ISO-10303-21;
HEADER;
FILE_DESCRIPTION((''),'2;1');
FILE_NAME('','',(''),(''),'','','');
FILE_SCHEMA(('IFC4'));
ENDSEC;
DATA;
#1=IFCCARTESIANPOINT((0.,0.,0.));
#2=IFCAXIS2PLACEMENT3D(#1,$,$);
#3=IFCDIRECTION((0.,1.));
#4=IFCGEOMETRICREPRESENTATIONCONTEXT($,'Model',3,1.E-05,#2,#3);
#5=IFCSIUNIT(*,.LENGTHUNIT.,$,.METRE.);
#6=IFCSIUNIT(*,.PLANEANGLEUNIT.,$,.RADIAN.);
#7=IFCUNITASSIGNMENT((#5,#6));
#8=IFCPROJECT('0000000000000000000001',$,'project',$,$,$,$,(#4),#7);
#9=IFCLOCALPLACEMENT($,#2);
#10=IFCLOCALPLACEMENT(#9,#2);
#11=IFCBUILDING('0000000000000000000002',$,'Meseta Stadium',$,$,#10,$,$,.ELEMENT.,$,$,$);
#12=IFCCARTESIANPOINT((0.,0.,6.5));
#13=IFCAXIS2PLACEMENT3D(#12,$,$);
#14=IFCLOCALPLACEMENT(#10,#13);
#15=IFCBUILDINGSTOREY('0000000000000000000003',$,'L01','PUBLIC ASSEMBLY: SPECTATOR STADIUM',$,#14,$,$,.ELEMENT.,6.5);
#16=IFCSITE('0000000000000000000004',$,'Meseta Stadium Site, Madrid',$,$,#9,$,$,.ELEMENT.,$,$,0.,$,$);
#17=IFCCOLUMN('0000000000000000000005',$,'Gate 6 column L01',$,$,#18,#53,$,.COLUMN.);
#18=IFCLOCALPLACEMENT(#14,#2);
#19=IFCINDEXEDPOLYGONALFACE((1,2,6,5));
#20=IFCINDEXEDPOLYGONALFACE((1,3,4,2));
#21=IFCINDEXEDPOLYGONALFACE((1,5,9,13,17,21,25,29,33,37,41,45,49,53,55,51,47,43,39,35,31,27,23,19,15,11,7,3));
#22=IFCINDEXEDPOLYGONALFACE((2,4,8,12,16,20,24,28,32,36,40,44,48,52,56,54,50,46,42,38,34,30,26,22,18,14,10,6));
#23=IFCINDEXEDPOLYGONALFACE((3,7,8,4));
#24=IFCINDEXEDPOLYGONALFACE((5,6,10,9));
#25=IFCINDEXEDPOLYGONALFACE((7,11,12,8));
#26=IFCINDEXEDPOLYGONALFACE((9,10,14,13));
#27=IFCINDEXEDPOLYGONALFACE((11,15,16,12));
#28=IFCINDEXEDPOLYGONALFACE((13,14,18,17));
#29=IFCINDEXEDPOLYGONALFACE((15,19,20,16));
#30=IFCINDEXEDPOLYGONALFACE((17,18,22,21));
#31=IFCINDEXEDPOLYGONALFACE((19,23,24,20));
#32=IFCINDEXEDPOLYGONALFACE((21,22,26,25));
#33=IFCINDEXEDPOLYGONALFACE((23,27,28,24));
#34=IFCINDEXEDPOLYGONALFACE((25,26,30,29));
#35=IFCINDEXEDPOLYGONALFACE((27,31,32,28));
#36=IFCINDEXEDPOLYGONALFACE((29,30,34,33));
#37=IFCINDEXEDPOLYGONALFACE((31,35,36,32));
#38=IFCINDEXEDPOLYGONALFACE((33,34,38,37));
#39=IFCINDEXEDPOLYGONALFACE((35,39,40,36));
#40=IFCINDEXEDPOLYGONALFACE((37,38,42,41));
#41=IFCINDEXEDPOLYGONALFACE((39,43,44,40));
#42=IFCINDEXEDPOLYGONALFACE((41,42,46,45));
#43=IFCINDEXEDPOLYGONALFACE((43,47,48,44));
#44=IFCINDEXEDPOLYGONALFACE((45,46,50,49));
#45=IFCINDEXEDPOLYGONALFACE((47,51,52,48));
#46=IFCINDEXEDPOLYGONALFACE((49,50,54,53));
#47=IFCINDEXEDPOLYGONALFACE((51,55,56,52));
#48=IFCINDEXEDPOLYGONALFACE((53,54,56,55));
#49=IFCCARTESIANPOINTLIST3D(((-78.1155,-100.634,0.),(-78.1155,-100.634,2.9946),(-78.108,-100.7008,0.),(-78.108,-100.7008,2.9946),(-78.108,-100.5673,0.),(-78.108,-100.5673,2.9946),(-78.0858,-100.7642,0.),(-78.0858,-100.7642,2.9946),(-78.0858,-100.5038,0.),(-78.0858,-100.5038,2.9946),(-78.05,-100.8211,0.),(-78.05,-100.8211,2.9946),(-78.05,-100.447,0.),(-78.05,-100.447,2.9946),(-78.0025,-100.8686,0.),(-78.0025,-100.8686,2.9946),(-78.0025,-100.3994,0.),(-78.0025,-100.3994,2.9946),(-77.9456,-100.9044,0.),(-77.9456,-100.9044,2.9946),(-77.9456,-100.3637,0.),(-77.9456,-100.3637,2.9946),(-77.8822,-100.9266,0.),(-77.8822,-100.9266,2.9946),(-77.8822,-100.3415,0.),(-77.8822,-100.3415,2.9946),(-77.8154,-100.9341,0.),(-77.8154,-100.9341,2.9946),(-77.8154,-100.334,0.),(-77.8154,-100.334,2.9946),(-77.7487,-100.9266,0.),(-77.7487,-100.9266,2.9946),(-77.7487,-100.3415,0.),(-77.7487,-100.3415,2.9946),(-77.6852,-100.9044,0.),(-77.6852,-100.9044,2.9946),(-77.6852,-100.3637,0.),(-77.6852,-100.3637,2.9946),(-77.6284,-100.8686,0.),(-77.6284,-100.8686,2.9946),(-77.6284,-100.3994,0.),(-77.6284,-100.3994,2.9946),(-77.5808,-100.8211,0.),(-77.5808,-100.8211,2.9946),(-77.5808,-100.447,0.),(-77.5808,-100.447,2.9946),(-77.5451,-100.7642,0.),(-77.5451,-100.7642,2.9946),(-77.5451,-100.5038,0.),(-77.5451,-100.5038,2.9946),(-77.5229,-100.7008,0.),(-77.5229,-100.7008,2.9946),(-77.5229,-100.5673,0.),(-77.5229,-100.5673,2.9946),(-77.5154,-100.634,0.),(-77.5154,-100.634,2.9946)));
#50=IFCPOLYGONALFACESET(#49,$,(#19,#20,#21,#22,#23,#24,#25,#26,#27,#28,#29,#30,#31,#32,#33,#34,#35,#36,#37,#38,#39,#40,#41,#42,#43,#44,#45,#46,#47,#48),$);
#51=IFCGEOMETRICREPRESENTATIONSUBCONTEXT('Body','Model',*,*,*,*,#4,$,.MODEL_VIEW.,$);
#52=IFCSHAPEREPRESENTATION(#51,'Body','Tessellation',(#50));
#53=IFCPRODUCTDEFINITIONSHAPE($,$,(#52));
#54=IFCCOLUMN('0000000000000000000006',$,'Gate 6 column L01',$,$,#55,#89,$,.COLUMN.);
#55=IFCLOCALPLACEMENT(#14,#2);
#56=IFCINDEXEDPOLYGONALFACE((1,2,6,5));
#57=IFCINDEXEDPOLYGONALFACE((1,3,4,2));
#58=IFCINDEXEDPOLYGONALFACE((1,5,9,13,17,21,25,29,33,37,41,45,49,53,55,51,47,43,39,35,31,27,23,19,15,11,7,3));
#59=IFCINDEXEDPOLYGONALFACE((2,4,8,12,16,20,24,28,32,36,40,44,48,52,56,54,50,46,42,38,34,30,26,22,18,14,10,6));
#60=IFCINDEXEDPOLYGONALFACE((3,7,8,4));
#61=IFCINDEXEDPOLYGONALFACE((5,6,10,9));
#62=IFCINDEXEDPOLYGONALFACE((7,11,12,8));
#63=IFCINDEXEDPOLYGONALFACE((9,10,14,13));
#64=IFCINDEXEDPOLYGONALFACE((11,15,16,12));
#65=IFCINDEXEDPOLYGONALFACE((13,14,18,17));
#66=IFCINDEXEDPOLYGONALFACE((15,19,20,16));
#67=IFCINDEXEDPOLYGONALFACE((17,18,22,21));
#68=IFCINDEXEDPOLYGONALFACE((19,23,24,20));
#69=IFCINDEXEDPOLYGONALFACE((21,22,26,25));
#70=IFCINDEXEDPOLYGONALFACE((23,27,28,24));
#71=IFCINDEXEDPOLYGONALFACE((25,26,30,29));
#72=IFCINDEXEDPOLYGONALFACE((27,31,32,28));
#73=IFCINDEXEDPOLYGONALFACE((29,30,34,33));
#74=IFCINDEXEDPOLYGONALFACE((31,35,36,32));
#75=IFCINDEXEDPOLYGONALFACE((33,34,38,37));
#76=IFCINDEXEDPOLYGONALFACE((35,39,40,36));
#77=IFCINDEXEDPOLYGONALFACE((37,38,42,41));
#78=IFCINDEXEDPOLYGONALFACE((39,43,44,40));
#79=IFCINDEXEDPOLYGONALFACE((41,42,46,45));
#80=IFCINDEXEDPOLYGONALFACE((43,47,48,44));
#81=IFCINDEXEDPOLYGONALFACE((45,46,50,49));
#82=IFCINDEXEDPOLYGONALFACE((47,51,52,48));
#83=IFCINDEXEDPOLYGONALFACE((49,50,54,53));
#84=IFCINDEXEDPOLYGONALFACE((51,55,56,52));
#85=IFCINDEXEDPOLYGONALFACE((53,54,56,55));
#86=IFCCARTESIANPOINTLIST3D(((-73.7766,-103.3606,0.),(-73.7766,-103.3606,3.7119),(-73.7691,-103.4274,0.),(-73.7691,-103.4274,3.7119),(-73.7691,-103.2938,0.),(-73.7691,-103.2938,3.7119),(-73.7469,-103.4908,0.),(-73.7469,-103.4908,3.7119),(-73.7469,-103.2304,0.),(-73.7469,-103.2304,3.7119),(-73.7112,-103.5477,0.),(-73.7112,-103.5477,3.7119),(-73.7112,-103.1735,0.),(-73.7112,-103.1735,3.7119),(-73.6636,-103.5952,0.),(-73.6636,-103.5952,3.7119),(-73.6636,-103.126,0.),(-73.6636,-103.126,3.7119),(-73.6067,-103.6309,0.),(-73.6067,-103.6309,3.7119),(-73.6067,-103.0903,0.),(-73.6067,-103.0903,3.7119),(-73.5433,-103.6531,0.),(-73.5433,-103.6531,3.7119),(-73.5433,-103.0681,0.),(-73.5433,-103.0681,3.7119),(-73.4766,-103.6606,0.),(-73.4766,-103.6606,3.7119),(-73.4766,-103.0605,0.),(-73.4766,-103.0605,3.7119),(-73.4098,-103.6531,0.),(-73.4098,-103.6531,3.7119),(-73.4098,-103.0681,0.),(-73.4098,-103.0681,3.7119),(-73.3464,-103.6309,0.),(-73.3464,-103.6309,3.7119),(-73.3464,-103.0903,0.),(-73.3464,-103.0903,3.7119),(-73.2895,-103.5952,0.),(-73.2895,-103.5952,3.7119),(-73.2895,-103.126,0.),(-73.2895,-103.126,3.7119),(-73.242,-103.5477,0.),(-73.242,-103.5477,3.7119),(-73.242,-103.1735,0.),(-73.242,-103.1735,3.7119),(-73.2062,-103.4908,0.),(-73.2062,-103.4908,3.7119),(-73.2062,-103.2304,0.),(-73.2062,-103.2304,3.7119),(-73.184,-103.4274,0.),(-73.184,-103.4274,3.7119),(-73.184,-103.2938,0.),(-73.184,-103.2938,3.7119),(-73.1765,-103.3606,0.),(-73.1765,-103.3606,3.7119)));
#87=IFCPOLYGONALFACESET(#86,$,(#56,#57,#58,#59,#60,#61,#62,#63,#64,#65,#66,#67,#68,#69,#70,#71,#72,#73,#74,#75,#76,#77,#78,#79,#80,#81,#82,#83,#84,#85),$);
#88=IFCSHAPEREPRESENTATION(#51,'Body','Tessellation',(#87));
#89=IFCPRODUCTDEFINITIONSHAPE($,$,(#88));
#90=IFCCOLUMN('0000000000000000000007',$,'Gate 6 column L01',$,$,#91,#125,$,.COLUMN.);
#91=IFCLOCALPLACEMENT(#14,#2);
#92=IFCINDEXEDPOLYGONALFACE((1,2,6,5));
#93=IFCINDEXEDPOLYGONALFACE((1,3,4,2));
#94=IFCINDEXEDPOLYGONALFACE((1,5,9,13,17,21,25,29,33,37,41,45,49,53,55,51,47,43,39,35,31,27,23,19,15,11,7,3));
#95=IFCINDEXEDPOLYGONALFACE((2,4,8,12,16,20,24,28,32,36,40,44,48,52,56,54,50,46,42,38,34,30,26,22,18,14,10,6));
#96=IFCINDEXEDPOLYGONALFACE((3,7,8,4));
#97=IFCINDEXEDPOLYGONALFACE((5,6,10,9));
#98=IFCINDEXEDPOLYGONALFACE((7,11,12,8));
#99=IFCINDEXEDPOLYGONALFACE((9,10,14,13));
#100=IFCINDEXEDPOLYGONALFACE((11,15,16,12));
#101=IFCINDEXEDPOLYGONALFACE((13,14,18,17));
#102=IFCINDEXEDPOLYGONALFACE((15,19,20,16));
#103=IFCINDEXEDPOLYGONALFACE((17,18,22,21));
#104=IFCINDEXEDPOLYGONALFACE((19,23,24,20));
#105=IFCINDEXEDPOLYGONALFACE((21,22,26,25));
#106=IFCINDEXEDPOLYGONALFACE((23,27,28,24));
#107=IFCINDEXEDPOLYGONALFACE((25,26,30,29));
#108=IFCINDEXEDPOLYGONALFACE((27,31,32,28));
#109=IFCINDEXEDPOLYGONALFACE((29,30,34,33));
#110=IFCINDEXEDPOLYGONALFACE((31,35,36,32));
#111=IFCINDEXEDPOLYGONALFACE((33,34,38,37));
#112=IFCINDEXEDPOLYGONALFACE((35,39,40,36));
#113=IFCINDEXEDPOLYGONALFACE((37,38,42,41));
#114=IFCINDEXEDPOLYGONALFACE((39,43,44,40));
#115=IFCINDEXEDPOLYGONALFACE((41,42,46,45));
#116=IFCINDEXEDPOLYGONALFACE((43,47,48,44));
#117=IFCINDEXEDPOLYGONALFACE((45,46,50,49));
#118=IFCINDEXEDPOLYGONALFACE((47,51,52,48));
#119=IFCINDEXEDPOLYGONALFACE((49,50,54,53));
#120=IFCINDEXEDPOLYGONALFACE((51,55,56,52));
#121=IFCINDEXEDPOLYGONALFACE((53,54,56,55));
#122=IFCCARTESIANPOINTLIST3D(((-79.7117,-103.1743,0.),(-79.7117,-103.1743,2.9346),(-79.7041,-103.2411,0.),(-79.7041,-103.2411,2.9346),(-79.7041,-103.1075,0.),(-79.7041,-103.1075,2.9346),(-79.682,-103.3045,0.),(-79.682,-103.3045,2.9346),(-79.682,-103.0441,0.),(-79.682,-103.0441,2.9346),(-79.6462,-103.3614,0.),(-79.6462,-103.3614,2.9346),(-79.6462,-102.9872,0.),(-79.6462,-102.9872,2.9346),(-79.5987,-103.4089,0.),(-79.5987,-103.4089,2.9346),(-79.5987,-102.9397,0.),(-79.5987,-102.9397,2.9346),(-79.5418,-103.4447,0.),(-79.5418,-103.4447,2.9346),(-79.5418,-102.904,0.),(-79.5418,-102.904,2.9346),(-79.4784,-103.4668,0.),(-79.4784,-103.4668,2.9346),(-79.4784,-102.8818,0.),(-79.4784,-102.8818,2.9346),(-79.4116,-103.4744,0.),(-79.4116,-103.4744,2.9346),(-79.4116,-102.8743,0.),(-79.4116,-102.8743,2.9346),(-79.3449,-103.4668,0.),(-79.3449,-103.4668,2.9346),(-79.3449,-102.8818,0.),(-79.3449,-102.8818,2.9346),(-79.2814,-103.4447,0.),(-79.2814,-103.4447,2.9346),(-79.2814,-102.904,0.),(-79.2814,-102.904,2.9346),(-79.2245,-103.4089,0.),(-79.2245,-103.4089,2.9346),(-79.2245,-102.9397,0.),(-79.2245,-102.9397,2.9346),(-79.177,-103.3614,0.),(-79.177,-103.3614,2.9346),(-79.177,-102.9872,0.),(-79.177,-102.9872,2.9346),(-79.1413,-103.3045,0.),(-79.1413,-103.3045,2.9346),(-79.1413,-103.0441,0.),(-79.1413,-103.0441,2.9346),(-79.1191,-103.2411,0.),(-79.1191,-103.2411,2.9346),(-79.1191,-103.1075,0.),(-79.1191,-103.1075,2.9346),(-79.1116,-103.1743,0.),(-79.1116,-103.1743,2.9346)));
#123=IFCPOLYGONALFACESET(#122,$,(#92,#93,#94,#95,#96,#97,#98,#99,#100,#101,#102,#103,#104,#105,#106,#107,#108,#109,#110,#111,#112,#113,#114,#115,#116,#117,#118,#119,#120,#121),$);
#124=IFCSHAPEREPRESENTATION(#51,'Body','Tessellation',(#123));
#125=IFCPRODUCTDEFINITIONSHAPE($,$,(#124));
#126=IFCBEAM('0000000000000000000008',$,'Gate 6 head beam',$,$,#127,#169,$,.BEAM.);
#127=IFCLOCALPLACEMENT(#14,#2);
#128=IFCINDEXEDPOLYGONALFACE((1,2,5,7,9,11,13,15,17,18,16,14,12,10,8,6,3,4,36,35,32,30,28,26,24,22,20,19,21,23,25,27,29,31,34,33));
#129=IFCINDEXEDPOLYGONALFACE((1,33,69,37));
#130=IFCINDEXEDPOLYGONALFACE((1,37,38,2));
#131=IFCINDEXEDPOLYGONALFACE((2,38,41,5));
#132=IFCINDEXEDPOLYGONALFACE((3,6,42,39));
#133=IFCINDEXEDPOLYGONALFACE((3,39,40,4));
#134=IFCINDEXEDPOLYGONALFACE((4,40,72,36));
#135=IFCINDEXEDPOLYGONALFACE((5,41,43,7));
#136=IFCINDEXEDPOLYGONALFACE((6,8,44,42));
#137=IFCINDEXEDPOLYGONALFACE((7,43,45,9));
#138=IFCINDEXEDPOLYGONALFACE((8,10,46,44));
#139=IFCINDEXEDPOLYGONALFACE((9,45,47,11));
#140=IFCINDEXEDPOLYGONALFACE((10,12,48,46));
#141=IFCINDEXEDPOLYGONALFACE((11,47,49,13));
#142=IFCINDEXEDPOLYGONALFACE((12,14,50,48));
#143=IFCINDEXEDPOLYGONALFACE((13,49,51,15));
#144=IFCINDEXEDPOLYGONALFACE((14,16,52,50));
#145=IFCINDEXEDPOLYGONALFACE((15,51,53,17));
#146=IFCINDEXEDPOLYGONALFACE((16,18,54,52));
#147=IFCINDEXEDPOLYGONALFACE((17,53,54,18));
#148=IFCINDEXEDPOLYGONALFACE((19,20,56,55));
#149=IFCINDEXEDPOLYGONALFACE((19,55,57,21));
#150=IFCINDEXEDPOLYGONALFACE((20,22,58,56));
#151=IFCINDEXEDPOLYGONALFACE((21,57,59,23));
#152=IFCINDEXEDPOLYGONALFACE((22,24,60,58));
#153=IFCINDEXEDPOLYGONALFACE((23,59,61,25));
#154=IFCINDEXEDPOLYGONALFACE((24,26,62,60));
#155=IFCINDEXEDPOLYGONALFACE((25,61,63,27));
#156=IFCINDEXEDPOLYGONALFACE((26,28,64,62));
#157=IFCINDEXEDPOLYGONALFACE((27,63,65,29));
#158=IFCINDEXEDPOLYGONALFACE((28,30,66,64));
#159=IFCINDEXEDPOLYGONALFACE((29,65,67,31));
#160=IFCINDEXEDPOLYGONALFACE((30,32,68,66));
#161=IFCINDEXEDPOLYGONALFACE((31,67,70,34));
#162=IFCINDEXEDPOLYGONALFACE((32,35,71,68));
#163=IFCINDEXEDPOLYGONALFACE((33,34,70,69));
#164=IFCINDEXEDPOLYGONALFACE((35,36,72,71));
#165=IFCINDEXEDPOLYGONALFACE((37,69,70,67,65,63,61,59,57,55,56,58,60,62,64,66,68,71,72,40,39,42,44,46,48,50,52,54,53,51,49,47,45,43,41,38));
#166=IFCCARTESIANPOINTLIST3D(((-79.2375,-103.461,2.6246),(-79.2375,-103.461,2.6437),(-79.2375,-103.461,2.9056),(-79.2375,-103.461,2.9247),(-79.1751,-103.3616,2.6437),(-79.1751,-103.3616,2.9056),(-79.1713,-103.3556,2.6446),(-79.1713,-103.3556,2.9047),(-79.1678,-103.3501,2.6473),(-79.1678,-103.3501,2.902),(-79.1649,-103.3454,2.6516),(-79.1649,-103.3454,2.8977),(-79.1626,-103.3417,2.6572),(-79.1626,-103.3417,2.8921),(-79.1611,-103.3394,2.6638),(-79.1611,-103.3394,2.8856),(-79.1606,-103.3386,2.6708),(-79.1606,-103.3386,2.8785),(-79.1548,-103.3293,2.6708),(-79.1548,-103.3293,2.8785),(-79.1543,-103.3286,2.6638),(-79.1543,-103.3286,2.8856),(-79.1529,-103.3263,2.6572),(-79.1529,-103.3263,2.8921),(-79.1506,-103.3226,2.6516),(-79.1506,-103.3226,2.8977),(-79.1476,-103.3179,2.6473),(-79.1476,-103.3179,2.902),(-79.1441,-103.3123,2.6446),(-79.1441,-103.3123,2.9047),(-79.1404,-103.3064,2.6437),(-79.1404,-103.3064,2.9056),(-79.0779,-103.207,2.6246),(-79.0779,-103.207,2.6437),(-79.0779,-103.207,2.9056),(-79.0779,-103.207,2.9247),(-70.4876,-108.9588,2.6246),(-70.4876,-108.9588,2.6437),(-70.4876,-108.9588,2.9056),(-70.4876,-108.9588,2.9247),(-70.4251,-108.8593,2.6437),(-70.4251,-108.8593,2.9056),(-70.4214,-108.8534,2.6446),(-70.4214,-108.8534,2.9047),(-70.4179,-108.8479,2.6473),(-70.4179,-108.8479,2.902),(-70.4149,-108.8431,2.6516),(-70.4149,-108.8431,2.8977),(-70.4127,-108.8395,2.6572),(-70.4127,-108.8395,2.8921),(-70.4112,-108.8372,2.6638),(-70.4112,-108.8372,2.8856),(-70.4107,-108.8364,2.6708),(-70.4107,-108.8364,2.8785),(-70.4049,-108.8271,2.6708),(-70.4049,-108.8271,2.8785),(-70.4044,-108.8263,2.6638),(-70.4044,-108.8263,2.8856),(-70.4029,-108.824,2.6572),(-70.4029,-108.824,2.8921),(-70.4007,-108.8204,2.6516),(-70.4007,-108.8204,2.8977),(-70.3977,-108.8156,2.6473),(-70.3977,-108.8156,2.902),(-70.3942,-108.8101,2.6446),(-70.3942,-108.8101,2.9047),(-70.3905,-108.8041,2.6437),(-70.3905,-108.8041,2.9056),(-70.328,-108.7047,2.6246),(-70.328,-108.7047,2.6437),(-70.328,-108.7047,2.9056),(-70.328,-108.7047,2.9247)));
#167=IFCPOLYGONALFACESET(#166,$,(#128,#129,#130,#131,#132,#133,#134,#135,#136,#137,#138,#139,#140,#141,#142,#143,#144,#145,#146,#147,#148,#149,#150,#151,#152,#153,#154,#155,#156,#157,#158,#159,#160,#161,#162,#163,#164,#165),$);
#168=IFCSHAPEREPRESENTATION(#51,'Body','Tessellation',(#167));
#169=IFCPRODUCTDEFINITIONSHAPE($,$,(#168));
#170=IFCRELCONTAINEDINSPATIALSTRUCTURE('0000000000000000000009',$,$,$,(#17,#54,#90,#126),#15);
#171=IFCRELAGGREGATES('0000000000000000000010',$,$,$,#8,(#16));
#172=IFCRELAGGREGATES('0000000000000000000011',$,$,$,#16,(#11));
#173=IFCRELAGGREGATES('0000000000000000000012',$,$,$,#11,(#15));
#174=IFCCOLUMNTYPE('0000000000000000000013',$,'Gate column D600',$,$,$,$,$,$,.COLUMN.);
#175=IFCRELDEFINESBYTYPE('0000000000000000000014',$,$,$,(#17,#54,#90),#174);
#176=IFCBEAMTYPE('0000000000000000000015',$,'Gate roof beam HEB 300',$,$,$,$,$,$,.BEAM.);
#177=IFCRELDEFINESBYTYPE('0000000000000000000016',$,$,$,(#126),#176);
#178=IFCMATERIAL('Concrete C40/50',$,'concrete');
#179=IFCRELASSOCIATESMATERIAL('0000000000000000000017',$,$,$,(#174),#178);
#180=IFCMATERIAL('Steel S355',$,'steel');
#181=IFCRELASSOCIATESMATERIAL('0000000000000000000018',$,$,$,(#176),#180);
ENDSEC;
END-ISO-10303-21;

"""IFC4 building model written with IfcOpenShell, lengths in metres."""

from ifc_helpers import new_model, si_unit, direction, frame, origin, origin_2d, place, context, subcontext, project, spatial, circle, i_section, extrude, material, material_profile, profile_set, type_object, element, save


model = new_model("IFC4")

# Units and contexts
model_context = context("Model", 3, precision=1e-05, world=origin(), true_north=direction((0.0, 1.0)))
body_context = subcontext(model_context, "Body", "Model", "MODEL_VIEW")
ifc_project = project(units=[si_unit("LENGTHUNIT", "METRE"), si_unit("PLANEANGLEUNIT", "RADIAN")], contexts=[model_context])

# Site, building, storey
site_placement = place(None, origin())
site = spatial("IfcSite", under=ifc_project, at=site_placement, Name="Meseta Stadium Site, Madrid", CompositionType="ELEMENT", RefElevation=0.0)
building_placement = place(site_placement, origin())
building = spatial("IfcBuilding", under=site, at=building_placement, Name="Meseta Stadium", CompositionType="ELEMENT")
storey_placement = place(building_placement, frame((0.0, 0.0, 6.5)))
storey = spatial("IfcBuildingStorey", under=building, at=storey_placement, Name="L01", Description="PUBLIC ASSEMBLY: SPECTATOR STADIUM", CompositionType="ELEMENT", Elevation=6.5)

# Columns
ifc_material_1 = material(Name="Concrete C40/50", Category="concrete")
ifc_material_profile_1 = material_profile(ifc_material_1, circle(Radius=0.3, at=origin_2d()), Name="RC D600")
ifc_profile_set_1 = profile_set([ifc_material_profile_1], Name="Concrete C40/50")
column_type = type_object("IfcColumnType", Name="Gate column D600", PredefinedType="COLUMN", material=ifc_profile_set_1)
column_1_placement = place(storey_placement, frame((-77.8154, -100.634, 0.0), z_axis=(0.0, 0.0, 1.0), x_axis=(1.0, 0.0, 0.0)))
element("IfcColumn", 1, at=column_1_placement, inside=storey, type_object=column_type, Name="Gate 6 column L01", PredefinedType="COLUMN", context=body_context, shape_type="SweptSolid", body=[
    extrude(circle(Radius=0.3, at=origin_2d()), origin(), (0.0, 0.0, 1.0), 2.9946),
])
column_2_placement = place(storey_placement, frame((-73.4766, -103.3606, 0.0), z_axis=(0.0, 0.0, 1.0), x_axis=(1.0, 0.0, 0.0)))
element("IfcColumn", 2, at=column_2_placement, inside=storey, type_object=column_type, Name="Gate 6 column L01", PredefinedType="COLUMN", context=body_context, shape_type="SweptSolid", body=[
    extrude(circle(Radius=0.3, at=origin_2d()), origin(), (0.0, 0.0, 1.0), 3.7119),
])
column_3_placement = place(storey_placement, frame((-79.4116, -103.1743, 0.0), z_axis=(0.0, 0.0, 1.0), x_axis=(1.0, 0.0, 0.0)))
element("IfcColumn", 3, at=column_3_placement, inside=storey, type_object=column_type, Name="Gate 6 column L01", PredefinedType="COLUMN", context=body_context, shape_type="SweptSolid", body=[
    extrude(circle(Radius=0.3, at=origin_2d()), origin(), (0.0, 0.0, 1.0), 2.9346),
])

# Beam
ifc_material_2 = material(Name="Steel S355", Category="steel")
ifc_material_profile_2 = material_profile(ifc_material_2, i_section(OverallWidth=0.3, OverallDepth=0.3, WebThickness=0.011, FlangeThickness=0.019, FilletRadius=0.0271, at=origin_2d()), Name="HEB 300")
ifc_profile_set_2 = profile_set([ifc_material_profile_2], Name="Steel S355")
beam_type_1 = type_object("IfcBeamType", Name="Gate roof beam HEB 300", PredefinedType="BEAM", material=ifc_profile_set_2)
beam_1_placement = place(storey_placement, frame((-79.1577, -103.334, 2.7747), z_axis=(0.846732, -0.532019, 0.0), x_axis=(0.532019, 0.846732, 0.0)))
element("IfcBeam", 4, at=beam_1_placement, inside=storey, type_object=beam_type_1, Name="Gate 6 head beam", PredefinedType="BEAM", context=body_context, shape_type="SweptSolid", body=[
    extrude(i_section(OverallWidth=0.3, OverallDepth=0.3, WebThickness=0.011, FlangeThickness=0.019, FilletRadius=0.0271, at=origin_2d()), origin(), (0.0, 0.0, 1.0), 10.3337),
])

save(model, "model.ifc")
